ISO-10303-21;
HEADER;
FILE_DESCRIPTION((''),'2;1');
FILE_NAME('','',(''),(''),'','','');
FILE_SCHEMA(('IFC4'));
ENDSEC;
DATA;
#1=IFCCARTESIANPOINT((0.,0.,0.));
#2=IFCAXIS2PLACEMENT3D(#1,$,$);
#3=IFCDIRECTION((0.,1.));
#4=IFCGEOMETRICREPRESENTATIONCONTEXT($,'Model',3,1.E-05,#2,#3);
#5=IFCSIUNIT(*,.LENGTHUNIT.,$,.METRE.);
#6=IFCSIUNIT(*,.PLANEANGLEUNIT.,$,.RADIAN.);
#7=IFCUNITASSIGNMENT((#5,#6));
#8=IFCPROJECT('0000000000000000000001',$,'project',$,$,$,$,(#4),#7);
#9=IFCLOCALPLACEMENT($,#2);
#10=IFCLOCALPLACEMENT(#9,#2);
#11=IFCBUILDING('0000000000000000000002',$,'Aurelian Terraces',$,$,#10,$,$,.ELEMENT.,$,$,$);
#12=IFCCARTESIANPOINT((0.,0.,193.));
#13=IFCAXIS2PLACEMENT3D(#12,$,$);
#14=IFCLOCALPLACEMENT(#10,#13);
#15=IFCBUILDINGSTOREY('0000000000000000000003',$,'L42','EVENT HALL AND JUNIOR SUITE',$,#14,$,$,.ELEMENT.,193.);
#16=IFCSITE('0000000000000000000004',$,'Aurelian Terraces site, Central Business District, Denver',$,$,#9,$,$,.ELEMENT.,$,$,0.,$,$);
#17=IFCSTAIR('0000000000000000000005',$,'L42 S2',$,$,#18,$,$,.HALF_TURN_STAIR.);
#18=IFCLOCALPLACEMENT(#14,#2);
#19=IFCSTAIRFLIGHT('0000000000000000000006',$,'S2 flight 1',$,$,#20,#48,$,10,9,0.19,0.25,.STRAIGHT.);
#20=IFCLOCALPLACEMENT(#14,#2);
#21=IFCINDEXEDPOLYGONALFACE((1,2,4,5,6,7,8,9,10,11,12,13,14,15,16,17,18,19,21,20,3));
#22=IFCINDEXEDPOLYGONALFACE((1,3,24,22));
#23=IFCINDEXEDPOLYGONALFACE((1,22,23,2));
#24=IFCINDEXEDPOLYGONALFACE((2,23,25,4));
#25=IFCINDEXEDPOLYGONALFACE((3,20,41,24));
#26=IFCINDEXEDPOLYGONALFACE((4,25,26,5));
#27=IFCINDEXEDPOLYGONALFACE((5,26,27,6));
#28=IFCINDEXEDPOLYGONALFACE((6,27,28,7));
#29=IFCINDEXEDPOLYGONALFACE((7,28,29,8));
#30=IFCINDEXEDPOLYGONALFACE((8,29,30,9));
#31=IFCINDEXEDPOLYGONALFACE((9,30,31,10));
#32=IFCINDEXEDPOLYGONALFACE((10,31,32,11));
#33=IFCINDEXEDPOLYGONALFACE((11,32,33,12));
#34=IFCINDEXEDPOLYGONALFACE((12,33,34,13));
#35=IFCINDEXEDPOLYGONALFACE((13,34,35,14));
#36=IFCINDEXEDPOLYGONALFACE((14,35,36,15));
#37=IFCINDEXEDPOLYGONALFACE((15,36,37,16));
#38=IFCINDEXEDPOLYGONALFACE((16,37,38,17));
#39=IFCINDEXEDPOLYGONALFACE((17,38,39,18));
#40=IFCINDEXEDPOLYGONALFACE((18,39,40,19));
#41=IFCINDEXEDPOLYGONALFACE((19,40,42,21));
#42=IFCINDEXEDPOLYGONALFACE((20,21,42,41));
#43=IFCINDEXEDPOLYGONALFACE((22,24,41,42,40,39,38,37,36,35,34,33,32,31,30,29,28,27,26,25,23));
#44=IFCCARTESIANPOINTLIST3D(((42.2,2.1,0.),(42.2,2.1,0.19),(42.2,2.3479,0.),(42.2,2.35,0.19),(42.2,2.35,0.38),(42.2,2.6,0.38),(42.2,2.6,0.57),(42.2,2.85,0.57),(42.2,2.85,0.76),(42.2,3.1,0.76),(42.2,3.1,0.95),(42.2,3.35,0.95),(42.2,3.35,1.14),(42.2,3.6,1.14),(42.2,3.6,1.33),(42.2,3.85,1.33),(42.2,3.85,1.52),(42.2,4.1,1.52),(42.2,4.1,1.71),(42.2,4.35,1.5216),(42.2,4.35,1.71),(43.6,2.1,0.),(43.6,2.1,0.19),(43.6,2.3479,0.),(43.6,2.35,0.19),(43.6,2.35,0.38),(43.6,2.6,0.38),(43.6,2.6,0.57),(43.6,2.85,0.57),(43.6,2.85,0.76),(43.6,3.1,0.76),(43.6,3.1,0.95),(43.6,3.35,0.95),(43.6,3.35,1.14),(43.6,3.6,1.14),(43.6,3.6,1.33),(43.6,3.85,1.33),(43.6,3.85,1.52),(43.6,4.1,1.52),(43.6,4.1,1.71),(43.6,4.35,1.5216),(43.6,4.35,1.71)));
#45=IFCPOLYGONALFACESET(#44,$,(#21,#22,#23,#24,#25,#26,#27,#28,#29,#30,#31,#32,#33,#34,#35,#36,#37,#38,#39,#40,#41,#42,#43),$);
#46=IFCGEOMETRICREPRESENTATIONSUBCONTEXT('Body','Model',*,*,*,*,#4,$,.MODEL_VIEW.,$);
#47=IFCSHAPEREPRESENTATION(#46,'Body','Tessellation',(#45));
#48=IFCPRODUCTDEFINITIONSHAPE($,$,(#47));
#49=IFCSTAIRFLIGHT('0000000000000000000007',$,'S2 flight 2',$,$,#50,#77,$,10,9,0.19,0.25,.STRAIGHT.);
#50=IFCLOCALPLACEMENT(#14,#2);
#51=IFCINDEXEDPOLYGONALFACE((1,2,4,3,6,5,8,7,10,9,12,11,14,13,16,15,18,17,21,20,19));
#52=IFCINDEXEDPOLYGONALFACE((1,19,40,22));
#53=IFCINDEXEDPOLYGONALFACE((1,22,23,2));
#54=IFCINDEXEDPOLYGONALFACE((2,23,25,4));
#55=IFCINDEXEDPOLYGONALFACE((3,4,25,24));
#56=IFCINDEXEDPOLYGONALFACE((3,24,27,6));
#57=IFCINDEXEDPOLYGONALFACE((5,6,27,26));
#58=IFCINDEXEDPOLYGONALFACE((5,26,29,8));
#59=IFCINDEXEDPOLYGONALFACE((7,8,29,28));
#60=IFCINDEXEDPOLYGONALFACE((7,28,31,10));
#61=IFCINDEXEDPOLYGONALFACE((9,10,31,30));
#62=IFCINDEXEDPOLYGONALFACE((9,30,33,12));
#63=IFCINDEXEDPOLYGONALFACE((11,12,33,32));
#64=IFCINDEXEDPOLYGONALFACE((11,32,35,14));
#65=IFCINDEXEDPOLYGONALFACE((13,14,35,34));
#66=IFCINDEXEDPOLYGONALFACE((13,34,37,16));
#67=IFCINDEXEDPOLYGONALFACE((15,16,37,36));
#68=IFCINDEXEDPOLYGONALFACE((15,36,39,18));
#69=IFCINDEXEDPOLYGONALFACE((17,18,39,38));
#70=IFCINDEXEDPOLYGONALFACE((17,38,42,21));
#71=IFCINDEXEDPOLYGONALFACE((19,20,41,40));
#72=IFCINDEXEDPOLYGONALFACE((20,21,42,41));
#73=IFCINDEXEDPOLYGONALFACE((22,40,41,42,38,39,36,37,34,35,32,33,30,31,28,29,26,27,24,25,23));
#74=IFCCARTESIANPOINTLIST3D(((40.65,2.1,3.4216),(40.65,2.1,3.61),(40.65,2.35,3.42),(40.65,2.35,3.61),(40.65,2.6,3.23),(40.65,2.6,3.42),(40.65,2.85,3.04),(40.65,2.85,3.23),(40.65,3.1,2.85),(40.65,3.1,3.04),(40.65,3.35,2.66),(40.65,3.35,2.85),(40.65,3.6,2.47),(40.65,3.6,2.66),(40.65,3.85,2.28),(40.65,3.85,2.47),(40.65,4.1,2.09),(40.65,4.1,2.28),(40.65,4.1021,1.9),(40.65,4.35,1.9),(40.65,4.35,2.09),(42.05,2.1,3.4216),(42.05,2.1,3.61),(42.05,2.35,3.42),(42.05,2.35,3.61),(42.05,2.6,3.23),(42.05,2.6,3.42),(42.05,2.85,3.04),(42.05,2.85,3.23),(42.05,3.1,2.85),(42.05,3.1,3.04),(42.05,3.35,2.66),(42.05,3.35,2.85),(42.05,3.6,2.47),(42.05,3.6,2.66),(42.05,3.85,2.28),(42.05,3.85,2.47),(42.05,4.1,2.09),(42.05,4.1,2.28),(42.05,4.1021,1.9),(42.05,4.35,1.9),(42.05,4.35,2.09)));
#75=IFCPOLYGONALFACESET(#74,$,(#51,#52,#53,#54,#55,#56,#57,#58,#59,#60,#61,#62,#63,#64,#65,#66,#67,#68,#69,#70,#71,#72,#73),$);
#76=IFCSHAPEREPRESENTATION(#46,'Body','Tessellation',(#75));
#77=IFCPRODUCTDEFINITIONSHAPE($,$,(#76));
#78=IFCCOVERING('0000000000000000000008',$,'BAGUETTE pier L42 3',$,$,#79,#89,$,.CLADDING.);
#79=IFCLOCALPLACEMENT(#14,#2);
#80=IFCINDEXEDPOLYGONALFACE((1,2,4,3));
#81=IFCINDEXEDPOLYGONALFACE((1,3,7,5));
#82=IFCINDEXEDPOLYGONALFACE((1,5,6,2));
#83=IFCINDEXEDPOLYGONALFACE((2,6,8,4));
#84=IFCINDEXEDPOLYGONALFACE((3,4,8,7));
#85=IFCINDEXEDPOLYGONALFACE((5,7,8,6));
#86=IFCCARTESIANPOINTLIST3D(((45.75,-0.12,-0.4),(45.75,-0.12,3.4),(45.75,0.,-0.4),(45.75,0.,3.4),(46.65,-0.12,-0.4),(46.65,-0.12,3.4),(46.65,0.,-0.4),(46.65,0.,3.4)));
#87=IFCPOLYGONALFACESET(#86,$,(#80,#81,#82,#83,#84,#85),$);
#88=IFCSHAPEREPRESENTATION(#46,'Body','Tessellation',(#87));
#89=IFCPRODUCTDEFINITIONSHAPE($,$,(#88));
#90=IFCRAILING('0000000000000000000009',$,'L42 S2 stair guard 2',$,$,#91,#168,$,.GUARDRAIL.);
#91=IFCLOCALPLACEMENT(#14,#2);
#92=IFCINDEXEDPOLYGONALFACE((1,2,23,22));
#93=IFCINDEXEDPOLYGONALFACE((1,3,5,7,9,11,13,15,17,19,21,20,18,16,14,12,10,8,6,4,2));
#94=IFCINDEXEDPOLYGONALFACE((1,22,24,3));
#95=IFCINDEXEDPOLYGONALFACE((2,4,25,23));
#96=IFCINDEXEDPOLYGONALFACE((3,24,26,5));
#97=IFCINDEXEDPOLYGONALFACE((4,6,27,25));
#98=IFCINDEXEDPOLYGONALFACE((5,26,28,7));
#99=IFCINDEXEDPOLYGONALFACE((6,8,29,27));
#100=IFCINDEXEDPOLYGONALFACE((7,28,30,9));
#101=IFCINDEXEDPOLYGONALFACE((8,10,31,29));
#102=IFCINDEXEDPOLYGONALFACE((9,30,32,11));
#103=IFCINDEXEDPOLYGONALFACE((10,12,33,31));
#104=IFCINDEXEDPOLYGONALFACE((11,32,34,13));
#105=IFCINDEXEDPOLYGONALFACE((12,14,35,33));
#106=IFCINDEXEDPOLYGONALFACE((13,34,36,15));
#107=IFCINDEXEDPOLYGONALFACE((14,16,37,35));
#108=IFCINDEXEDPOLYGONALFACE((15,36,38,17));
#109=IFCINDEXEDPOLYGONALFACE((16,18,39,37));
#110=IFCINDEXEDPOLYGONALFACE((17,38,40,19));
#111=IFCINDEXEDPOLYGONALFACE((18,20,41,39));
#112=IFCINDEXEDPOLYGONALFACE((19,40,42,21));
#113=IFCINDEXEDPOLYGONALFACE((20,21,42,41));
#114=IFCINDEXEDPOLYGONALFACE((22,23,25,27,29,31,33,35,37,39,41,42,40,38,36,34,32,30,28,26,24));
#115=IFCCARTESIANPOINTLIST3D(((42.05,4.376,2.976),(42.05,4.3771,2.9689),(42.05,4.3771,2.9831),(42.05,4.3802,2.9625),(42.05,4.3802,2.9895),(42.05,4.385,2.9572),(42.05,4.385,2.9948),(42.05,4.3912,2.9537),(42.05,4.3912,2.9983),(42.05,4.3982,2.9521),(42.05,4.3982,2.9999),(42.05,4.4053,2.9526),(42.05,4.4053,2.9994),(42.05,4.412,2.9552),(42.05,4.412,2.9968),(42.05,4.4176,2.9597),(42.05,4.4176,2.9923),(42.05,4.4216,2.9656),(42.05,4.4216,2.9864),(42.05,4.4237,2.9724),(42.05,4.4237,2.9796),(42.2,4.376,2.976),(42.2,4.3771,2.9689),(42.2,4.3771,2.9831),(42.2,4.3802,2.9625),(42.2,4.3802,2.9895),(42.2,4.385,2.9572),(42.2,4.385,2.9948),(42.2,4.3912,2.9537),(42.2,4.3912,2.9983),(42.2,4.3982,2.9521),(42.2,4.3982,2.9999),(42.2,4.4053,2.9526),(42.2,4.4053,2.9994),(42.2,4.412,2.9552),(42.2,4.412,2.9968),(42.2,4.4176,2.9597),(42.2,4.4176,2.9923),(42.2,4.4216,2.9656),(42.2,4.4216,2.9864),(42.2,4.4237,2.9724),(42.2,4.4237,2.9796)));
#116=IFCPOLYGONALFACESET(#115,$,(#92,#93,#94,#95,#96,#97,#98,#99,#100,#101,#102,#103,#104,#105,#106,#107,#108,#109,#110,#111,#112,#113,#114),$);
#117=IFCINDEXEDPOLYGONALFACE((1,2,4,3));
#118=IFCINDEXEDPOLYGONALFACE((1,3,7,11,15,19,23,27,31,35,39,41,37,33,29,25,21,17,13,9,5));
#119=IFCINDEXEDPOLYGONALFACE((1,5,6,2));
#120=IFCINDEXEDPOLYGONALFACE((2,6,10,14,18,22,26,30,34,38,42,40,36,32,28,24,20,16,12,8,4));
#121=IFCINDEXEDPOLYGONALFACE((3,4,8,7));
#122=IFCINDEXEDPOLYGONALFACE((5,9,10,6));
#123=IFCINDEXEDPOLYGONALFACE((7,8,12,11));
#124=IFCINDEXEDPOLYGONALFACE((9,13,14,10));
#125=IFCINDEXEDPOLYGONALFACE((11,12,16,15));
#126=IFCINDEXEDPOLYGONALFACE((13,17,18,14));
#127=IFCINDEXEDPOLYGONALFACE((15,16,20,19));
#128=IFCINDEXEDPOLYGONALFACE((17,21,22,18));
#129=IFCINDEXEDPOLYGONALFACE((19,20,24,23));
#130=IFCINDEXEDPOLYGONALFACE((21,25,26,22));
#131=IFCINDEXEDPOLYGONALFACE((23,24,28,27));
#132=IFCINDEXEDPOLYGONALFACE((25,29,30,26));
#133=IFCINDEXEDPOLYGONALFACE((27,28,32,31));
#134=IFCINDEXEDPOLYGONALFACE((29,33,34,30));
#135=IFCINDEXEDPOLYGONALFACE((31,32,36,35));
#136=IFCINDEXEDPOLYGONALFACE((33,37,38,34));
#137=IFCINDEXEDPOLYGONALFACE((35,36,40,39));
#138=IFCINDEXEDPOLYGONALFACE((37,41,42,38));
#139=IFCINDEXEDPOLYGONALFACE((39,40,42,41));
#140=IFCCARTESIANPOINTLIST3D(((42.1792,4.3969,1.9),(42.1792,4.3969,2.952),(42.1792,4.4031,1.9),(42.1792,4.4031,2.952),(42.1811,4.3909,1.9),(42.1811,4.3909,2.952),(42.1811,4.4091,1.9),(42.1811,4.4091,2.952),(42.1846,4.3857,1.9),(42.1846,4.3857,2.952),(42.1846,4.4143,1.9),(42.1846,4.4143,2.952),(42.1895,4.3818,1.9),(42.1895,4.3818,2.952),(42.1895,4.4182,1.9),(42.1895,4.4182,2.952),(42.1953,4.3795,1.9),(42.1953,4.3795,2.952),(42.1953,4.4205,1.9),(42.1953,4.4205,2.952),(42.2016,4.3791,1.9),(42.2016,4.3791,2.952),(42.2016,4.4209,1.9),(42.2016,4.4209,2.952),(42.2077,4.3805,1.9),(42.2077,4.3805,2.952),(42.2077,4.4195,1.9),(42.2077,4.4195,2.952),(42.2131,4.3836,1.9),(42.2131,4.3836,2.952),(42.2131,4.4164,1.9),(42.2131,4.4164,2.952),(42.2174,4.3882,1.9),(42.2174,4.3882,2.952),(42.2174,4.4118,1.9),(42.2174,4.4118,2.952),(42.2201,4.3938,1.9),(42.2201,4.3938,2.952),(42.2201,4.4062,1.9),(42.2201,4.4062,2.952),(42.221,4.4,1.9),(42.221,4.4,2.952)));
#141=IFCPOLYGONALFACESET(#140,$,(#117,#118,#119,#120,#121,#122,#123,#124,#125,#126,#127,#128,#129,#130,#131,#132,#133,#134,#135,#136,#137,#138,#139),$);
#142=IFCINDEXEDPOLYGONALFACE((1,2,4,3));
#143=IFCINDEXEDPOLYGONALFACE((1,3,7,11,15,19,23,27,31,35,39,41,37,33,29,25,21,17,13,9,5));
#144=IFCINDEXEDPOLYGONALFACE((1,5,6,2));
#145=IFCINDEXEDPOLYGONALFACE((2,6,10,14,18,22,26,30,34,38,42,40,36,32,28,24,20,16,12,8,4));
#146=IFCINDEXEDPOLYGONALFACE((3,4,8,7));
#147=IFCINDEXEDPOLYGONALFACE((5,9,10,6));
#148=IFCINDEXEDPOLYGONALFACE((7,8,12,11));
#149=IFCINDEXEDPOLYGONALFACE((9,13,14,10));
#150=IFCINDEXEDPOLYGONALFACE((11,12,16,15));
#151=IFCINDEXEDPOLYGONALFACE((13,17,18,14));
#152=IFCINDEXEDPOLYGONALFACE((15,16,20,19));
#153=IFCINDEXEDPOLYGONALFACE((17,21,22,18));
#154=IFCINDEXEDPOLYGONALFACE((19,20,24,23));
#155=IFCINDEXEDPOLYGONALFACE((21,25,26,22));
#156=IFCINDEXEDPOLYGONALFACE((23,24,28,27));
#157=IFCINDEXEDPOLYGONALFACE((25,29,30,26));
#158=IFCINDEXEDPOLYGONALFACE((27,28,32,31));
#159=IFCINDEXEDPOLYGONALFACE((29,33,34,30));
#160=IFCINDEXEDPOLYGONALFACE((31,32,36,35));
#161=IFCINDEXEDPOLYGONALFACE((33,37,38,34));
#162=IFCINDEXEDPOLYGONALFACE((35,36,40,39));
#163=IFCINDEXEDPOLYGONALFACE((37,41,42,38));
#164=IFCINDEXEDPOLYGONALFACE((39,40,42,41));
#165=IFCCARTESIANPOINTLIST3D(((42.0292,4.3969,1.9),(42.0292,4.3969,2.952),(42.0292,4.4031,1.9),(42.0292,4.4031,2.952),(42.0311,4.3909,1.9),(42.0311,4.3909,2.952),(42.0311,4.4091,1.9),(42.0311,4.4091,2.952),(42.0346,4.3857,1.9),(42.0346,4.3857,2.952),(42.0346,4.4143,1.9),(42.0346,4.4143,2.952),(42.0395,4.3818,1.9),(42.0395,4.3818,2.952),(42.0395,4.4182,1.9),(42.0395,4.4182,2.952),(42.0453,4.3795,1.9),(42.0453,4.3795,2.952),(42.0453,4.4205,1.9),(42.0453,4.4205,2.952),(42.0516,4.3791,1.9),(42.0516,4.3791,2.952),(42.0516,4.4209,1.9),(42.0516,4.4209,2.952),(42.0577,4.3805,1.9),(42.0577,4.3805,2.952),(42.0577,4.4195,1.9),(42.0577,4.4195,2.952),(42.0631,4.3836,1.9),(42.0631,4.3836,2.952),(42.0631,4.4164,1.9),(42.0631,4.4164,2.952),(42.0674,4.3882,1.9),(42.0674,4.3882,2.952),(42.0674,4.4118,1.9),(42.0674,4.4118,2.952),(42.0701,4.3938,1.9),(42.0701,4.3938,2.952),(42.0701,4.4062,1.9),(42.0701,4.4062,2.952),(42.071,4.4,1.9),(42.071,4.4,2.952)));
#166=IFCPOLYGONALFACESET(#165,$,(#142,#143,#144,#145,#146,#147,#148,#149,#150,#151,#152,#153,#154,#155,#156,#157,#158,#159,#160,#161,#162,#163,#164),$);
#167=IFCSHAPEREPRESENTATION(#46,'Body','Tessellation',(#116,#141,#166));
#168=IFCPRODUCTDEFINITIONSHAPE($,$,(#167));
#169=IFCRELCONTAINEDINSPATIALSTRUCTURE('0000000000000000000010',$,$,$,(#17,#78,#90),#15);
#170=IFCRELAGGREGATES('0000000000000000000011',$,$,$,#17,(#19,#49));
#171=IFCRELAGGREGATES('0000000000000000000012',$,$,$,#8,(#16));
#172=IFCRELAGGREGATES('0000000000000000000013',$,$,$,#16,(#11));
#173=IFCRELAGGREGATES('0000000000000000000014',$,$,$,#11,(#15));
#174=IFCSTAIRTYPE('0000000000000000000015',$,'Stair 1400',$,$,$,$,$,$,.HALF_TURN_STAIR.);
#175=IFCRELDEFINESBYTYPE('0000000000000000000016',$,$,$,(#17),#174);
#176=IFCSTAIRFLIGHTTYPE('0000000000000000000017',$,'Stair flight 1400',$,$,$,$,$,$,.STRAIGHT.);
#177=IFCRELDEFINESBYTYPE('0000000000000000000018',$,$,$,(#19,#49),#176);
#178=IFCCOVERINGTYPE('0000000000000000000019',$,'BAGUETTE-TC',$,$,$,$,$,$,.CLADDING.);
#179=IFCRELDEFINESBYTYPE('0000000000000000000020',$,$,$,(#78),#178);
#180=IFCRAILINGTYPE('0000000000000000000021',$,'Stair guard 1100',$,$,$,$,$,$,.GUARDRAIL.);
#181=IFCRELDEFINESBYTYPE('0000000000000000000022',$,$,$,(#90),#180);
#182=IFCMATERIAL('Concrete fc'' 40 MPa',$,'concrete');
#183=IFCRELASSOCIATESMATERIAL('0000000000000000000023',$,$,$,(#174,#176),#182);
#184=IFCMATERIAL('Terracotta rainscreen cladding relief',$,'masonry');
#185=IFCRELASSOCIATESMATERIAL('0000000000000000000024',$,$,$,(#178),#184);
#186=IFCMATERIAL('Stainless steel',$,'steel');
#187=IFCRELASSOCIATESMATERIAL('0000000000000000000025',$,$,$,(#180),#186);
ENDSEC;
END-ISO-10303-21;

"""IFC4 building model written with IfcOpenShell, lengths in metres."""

from ifc_helpers import new_model, si_unit, direction, frame, origin, origin_2d, place, context, subcontext, project, spatial, polyline, rectangle, circle, outline, extrude, source, transform, mapped, material, type_object, element, aggregate, save


model = new_model("IFC4")

# Units and contexts
model_context = context("Model", 3, precision=1e-05, world=origin(), true_north=direction((0.0, 1.0)))
body_context = subcontext(model_context, "Body", "Model", "MODEL_VIEW")
ifc_project = project(units=[si_unit("LENGTHUNIT", "METRE"), si_unit("PLANEANGLEUNIT", "RADIAN")], contexts=[model_context])

# Site, building, storey
site_placement = place(None, origin())
site = spatial("IfcSite", under=ifc_project, at=site_placement, Name="Aurelian Terraces site, Central Business District, Denver", CompositionType="ELEMENT", RefElevation=0.0)
building_placement = place(site_placement, origin())
building = spatial("IfcBuilding", under=site, at=building_placement, Name="Aurelian Terraces", CompositionType="ELEMENT")
storey_placement = place(building_placement, frame((0.0, 0.0, 193.0)))
storey = spatial("IfcBuildingStorey", under=building, at=storey_placement, Name="L42", Description="EVENT HALL AND JUNIOR SUITE", CompositionType="ELEMENT", Elevation=193.0)

# Shared definitions
ifc_material_1 = material(Name="Concrete fc' 40 MPa", Category="concrete")

# Stair, stair flights
stair_type = type_object("IfcStairType", Name="Stair 1400", PredefinedType="HALF_TURN_STAIR", material=ifc_material_1)
stair_placement = place(storey_placement, origin())
stair = element("IfcStair", 1, at=stair_placement, inside=storey, type_object=stair_type, Name="L42 S2", PredefinedType="HALF_TURN_STAIR")
stair_flight_type = type_object("IfcStairFlightType", Name="Stair flight 1400", PredefinedType="STRAIGHT", material=ifc_material_1)
shared_shape_1 = source(origin(), body_context, "Body", "SweptSolid", [
    extrude(outline(polyline([(0.0, 0.0), (0.0, 0.19), (0.25, 0.19), (0.25, 0.38), (0.5, 0.38), (0.5, 0.57), (0.75, 0.57), (0.75, 0.76), (1.0, 0.76), (1.0, 0.95), (1.25, 0.95), (1.25, 1.14), (1.5, 1.14), (1.5, 1.33), (1.75, 1.33), (1.75, 1.52), (2.0, 1.52), (2.0, 1.71), (2.25, 1.71), (2.25, 1.9), (2.25, 1.5216), (0.2479, 0.0), (0.0, 0.0)])), frame((0.0, 0.7, 0.0), z_axis=(0.0, -1.0, 0.0), x_axis=(1.0, 0.0, 0.0)), (0.0, 0.0, 1.0), 1.4),
])
stair_flight_1_placement = place(storey_placement, frame((42.9, 2.1, 0.0), z_axis=(0.0, 0.0, 1.0), x_axis=(0.0, 1.0, 0.0)))
stair_flight_1 = element("IfcStairFlight", 2, at=stair_flight_1_placement, type_object=stair_flight_type, Name="S2 flight 1", NumberOfRisers=10, NumberOfTreads=9, PredefinedType="STRAIGHT", RiserHeight=0.19, TreadLength=0.25, context=body_context, shape_type="MappedRepresentation", body=[
    mapped(shared_shape_1, transform((0.0, 0.0, 0.0), scale=1.0)),
])
stair_flight_2_placement = place(storey_placement, frame((41.35, 4.35, 1.9), z_axis=(0.0, 0.0, 1.0), x_axis=(0.0, -1.0, 0.0)))
stair_flight_2 = element("IfcStairFlight", 3, at=stair_flight_2_placement, type_object=stair_flight_type, Name="S2 flight 2", NumberOfRisers=10, NumberOfTreads=9, PredefinedType="STRAIGHT", RiserHeight=0.19, TreadLength=0.25, context=body_context, shape_type="MappedRepresentation", body=[
    mapped(shared_shape_1, transform((0.0, 0.0, 0.0), scale=1.0)),
])
aggregate(stair, [stair_flight_1, stair_flight_2])

# Covering
ifc_material_2 = material(Name="Terracotta rainscreen cladding relief", Category="masonry")
covering_type = type_object("IfcCoveringType", Name="BAGUETTE-TC", PredefinedType="CLADDING", material=ifc_material_2)
shared_shape_2 = source(origin(), body_context, "Body", "SweptSolid", [
    extrude(rectangle(XDim=0.9, YDim=0.12, at=origin_2d()), origin(), (0.0, 0.0, 1.0), 3.8),
])
covering_placement = place(storey_placement, frame((46.2, -0.06, -0.4), z_axis=(0.0, 0.0, 1.0), x_axis=(1.0, 0.0, 0.0)))
element("IfcCovering", 4, at=covering_placement, inside=storey, type_object=covering_type, Name="BAGUETTE pier L42 3", PredefinedType="CLADDING", context=body_context, shape_type="MappedRepresentation", body=[
    mapped(shared_shape_2, transform((0.0, 0.0, 0.0), scale=1.0)),
])

# Railing
ifc_material_3 = material(Name="Stainless steel", Category="steel")
railing_type_1 = type_object("IfcRailingType", Name="Stair guard 1100", PredefinedType="GUARDRAIL", material=ifc_material_3)
shared_shape_3 = source(origin(), body_context, "Body", "SweptSolid", [
    extrude(circle(Radius=0.024, at=origin_2d()), frame((0.0, 0.0, 1.076), z_axis=(-1.0, 0.0, 0.0), x_axis=(0.0, -1.0, 0.0)), (0.0, 0.0, 1.0), 0.15),
    extrude(circle(Radius=0.021, at=origin_2d()), origin(), (0.0, 0.0, 1.0), 1.052),
    extrude(circle(Radius=0.021, at=origin_2d()), frame((-0.15, 0.0, 0.0)), (0.0, 0.0, 1.0), 1.052),
])
for number, where, name in (
    (5, (42.2, 4.4, 1.9), "L42 S2 stair guard 2"),
):
    element("IfcRailing", number, at=place(storey_placement, frame(where)), inside=storey, type_object=railing_type_1, Name=name, PredefinedType="GUARDRAIL", context=body_context, shape_type="MappedRepresentation", body=[
        mapped(shared_shape_3, transform((0.0, 0.0, 0.0), scale=1.0)),
    ])

save(model, "model.ifc")
